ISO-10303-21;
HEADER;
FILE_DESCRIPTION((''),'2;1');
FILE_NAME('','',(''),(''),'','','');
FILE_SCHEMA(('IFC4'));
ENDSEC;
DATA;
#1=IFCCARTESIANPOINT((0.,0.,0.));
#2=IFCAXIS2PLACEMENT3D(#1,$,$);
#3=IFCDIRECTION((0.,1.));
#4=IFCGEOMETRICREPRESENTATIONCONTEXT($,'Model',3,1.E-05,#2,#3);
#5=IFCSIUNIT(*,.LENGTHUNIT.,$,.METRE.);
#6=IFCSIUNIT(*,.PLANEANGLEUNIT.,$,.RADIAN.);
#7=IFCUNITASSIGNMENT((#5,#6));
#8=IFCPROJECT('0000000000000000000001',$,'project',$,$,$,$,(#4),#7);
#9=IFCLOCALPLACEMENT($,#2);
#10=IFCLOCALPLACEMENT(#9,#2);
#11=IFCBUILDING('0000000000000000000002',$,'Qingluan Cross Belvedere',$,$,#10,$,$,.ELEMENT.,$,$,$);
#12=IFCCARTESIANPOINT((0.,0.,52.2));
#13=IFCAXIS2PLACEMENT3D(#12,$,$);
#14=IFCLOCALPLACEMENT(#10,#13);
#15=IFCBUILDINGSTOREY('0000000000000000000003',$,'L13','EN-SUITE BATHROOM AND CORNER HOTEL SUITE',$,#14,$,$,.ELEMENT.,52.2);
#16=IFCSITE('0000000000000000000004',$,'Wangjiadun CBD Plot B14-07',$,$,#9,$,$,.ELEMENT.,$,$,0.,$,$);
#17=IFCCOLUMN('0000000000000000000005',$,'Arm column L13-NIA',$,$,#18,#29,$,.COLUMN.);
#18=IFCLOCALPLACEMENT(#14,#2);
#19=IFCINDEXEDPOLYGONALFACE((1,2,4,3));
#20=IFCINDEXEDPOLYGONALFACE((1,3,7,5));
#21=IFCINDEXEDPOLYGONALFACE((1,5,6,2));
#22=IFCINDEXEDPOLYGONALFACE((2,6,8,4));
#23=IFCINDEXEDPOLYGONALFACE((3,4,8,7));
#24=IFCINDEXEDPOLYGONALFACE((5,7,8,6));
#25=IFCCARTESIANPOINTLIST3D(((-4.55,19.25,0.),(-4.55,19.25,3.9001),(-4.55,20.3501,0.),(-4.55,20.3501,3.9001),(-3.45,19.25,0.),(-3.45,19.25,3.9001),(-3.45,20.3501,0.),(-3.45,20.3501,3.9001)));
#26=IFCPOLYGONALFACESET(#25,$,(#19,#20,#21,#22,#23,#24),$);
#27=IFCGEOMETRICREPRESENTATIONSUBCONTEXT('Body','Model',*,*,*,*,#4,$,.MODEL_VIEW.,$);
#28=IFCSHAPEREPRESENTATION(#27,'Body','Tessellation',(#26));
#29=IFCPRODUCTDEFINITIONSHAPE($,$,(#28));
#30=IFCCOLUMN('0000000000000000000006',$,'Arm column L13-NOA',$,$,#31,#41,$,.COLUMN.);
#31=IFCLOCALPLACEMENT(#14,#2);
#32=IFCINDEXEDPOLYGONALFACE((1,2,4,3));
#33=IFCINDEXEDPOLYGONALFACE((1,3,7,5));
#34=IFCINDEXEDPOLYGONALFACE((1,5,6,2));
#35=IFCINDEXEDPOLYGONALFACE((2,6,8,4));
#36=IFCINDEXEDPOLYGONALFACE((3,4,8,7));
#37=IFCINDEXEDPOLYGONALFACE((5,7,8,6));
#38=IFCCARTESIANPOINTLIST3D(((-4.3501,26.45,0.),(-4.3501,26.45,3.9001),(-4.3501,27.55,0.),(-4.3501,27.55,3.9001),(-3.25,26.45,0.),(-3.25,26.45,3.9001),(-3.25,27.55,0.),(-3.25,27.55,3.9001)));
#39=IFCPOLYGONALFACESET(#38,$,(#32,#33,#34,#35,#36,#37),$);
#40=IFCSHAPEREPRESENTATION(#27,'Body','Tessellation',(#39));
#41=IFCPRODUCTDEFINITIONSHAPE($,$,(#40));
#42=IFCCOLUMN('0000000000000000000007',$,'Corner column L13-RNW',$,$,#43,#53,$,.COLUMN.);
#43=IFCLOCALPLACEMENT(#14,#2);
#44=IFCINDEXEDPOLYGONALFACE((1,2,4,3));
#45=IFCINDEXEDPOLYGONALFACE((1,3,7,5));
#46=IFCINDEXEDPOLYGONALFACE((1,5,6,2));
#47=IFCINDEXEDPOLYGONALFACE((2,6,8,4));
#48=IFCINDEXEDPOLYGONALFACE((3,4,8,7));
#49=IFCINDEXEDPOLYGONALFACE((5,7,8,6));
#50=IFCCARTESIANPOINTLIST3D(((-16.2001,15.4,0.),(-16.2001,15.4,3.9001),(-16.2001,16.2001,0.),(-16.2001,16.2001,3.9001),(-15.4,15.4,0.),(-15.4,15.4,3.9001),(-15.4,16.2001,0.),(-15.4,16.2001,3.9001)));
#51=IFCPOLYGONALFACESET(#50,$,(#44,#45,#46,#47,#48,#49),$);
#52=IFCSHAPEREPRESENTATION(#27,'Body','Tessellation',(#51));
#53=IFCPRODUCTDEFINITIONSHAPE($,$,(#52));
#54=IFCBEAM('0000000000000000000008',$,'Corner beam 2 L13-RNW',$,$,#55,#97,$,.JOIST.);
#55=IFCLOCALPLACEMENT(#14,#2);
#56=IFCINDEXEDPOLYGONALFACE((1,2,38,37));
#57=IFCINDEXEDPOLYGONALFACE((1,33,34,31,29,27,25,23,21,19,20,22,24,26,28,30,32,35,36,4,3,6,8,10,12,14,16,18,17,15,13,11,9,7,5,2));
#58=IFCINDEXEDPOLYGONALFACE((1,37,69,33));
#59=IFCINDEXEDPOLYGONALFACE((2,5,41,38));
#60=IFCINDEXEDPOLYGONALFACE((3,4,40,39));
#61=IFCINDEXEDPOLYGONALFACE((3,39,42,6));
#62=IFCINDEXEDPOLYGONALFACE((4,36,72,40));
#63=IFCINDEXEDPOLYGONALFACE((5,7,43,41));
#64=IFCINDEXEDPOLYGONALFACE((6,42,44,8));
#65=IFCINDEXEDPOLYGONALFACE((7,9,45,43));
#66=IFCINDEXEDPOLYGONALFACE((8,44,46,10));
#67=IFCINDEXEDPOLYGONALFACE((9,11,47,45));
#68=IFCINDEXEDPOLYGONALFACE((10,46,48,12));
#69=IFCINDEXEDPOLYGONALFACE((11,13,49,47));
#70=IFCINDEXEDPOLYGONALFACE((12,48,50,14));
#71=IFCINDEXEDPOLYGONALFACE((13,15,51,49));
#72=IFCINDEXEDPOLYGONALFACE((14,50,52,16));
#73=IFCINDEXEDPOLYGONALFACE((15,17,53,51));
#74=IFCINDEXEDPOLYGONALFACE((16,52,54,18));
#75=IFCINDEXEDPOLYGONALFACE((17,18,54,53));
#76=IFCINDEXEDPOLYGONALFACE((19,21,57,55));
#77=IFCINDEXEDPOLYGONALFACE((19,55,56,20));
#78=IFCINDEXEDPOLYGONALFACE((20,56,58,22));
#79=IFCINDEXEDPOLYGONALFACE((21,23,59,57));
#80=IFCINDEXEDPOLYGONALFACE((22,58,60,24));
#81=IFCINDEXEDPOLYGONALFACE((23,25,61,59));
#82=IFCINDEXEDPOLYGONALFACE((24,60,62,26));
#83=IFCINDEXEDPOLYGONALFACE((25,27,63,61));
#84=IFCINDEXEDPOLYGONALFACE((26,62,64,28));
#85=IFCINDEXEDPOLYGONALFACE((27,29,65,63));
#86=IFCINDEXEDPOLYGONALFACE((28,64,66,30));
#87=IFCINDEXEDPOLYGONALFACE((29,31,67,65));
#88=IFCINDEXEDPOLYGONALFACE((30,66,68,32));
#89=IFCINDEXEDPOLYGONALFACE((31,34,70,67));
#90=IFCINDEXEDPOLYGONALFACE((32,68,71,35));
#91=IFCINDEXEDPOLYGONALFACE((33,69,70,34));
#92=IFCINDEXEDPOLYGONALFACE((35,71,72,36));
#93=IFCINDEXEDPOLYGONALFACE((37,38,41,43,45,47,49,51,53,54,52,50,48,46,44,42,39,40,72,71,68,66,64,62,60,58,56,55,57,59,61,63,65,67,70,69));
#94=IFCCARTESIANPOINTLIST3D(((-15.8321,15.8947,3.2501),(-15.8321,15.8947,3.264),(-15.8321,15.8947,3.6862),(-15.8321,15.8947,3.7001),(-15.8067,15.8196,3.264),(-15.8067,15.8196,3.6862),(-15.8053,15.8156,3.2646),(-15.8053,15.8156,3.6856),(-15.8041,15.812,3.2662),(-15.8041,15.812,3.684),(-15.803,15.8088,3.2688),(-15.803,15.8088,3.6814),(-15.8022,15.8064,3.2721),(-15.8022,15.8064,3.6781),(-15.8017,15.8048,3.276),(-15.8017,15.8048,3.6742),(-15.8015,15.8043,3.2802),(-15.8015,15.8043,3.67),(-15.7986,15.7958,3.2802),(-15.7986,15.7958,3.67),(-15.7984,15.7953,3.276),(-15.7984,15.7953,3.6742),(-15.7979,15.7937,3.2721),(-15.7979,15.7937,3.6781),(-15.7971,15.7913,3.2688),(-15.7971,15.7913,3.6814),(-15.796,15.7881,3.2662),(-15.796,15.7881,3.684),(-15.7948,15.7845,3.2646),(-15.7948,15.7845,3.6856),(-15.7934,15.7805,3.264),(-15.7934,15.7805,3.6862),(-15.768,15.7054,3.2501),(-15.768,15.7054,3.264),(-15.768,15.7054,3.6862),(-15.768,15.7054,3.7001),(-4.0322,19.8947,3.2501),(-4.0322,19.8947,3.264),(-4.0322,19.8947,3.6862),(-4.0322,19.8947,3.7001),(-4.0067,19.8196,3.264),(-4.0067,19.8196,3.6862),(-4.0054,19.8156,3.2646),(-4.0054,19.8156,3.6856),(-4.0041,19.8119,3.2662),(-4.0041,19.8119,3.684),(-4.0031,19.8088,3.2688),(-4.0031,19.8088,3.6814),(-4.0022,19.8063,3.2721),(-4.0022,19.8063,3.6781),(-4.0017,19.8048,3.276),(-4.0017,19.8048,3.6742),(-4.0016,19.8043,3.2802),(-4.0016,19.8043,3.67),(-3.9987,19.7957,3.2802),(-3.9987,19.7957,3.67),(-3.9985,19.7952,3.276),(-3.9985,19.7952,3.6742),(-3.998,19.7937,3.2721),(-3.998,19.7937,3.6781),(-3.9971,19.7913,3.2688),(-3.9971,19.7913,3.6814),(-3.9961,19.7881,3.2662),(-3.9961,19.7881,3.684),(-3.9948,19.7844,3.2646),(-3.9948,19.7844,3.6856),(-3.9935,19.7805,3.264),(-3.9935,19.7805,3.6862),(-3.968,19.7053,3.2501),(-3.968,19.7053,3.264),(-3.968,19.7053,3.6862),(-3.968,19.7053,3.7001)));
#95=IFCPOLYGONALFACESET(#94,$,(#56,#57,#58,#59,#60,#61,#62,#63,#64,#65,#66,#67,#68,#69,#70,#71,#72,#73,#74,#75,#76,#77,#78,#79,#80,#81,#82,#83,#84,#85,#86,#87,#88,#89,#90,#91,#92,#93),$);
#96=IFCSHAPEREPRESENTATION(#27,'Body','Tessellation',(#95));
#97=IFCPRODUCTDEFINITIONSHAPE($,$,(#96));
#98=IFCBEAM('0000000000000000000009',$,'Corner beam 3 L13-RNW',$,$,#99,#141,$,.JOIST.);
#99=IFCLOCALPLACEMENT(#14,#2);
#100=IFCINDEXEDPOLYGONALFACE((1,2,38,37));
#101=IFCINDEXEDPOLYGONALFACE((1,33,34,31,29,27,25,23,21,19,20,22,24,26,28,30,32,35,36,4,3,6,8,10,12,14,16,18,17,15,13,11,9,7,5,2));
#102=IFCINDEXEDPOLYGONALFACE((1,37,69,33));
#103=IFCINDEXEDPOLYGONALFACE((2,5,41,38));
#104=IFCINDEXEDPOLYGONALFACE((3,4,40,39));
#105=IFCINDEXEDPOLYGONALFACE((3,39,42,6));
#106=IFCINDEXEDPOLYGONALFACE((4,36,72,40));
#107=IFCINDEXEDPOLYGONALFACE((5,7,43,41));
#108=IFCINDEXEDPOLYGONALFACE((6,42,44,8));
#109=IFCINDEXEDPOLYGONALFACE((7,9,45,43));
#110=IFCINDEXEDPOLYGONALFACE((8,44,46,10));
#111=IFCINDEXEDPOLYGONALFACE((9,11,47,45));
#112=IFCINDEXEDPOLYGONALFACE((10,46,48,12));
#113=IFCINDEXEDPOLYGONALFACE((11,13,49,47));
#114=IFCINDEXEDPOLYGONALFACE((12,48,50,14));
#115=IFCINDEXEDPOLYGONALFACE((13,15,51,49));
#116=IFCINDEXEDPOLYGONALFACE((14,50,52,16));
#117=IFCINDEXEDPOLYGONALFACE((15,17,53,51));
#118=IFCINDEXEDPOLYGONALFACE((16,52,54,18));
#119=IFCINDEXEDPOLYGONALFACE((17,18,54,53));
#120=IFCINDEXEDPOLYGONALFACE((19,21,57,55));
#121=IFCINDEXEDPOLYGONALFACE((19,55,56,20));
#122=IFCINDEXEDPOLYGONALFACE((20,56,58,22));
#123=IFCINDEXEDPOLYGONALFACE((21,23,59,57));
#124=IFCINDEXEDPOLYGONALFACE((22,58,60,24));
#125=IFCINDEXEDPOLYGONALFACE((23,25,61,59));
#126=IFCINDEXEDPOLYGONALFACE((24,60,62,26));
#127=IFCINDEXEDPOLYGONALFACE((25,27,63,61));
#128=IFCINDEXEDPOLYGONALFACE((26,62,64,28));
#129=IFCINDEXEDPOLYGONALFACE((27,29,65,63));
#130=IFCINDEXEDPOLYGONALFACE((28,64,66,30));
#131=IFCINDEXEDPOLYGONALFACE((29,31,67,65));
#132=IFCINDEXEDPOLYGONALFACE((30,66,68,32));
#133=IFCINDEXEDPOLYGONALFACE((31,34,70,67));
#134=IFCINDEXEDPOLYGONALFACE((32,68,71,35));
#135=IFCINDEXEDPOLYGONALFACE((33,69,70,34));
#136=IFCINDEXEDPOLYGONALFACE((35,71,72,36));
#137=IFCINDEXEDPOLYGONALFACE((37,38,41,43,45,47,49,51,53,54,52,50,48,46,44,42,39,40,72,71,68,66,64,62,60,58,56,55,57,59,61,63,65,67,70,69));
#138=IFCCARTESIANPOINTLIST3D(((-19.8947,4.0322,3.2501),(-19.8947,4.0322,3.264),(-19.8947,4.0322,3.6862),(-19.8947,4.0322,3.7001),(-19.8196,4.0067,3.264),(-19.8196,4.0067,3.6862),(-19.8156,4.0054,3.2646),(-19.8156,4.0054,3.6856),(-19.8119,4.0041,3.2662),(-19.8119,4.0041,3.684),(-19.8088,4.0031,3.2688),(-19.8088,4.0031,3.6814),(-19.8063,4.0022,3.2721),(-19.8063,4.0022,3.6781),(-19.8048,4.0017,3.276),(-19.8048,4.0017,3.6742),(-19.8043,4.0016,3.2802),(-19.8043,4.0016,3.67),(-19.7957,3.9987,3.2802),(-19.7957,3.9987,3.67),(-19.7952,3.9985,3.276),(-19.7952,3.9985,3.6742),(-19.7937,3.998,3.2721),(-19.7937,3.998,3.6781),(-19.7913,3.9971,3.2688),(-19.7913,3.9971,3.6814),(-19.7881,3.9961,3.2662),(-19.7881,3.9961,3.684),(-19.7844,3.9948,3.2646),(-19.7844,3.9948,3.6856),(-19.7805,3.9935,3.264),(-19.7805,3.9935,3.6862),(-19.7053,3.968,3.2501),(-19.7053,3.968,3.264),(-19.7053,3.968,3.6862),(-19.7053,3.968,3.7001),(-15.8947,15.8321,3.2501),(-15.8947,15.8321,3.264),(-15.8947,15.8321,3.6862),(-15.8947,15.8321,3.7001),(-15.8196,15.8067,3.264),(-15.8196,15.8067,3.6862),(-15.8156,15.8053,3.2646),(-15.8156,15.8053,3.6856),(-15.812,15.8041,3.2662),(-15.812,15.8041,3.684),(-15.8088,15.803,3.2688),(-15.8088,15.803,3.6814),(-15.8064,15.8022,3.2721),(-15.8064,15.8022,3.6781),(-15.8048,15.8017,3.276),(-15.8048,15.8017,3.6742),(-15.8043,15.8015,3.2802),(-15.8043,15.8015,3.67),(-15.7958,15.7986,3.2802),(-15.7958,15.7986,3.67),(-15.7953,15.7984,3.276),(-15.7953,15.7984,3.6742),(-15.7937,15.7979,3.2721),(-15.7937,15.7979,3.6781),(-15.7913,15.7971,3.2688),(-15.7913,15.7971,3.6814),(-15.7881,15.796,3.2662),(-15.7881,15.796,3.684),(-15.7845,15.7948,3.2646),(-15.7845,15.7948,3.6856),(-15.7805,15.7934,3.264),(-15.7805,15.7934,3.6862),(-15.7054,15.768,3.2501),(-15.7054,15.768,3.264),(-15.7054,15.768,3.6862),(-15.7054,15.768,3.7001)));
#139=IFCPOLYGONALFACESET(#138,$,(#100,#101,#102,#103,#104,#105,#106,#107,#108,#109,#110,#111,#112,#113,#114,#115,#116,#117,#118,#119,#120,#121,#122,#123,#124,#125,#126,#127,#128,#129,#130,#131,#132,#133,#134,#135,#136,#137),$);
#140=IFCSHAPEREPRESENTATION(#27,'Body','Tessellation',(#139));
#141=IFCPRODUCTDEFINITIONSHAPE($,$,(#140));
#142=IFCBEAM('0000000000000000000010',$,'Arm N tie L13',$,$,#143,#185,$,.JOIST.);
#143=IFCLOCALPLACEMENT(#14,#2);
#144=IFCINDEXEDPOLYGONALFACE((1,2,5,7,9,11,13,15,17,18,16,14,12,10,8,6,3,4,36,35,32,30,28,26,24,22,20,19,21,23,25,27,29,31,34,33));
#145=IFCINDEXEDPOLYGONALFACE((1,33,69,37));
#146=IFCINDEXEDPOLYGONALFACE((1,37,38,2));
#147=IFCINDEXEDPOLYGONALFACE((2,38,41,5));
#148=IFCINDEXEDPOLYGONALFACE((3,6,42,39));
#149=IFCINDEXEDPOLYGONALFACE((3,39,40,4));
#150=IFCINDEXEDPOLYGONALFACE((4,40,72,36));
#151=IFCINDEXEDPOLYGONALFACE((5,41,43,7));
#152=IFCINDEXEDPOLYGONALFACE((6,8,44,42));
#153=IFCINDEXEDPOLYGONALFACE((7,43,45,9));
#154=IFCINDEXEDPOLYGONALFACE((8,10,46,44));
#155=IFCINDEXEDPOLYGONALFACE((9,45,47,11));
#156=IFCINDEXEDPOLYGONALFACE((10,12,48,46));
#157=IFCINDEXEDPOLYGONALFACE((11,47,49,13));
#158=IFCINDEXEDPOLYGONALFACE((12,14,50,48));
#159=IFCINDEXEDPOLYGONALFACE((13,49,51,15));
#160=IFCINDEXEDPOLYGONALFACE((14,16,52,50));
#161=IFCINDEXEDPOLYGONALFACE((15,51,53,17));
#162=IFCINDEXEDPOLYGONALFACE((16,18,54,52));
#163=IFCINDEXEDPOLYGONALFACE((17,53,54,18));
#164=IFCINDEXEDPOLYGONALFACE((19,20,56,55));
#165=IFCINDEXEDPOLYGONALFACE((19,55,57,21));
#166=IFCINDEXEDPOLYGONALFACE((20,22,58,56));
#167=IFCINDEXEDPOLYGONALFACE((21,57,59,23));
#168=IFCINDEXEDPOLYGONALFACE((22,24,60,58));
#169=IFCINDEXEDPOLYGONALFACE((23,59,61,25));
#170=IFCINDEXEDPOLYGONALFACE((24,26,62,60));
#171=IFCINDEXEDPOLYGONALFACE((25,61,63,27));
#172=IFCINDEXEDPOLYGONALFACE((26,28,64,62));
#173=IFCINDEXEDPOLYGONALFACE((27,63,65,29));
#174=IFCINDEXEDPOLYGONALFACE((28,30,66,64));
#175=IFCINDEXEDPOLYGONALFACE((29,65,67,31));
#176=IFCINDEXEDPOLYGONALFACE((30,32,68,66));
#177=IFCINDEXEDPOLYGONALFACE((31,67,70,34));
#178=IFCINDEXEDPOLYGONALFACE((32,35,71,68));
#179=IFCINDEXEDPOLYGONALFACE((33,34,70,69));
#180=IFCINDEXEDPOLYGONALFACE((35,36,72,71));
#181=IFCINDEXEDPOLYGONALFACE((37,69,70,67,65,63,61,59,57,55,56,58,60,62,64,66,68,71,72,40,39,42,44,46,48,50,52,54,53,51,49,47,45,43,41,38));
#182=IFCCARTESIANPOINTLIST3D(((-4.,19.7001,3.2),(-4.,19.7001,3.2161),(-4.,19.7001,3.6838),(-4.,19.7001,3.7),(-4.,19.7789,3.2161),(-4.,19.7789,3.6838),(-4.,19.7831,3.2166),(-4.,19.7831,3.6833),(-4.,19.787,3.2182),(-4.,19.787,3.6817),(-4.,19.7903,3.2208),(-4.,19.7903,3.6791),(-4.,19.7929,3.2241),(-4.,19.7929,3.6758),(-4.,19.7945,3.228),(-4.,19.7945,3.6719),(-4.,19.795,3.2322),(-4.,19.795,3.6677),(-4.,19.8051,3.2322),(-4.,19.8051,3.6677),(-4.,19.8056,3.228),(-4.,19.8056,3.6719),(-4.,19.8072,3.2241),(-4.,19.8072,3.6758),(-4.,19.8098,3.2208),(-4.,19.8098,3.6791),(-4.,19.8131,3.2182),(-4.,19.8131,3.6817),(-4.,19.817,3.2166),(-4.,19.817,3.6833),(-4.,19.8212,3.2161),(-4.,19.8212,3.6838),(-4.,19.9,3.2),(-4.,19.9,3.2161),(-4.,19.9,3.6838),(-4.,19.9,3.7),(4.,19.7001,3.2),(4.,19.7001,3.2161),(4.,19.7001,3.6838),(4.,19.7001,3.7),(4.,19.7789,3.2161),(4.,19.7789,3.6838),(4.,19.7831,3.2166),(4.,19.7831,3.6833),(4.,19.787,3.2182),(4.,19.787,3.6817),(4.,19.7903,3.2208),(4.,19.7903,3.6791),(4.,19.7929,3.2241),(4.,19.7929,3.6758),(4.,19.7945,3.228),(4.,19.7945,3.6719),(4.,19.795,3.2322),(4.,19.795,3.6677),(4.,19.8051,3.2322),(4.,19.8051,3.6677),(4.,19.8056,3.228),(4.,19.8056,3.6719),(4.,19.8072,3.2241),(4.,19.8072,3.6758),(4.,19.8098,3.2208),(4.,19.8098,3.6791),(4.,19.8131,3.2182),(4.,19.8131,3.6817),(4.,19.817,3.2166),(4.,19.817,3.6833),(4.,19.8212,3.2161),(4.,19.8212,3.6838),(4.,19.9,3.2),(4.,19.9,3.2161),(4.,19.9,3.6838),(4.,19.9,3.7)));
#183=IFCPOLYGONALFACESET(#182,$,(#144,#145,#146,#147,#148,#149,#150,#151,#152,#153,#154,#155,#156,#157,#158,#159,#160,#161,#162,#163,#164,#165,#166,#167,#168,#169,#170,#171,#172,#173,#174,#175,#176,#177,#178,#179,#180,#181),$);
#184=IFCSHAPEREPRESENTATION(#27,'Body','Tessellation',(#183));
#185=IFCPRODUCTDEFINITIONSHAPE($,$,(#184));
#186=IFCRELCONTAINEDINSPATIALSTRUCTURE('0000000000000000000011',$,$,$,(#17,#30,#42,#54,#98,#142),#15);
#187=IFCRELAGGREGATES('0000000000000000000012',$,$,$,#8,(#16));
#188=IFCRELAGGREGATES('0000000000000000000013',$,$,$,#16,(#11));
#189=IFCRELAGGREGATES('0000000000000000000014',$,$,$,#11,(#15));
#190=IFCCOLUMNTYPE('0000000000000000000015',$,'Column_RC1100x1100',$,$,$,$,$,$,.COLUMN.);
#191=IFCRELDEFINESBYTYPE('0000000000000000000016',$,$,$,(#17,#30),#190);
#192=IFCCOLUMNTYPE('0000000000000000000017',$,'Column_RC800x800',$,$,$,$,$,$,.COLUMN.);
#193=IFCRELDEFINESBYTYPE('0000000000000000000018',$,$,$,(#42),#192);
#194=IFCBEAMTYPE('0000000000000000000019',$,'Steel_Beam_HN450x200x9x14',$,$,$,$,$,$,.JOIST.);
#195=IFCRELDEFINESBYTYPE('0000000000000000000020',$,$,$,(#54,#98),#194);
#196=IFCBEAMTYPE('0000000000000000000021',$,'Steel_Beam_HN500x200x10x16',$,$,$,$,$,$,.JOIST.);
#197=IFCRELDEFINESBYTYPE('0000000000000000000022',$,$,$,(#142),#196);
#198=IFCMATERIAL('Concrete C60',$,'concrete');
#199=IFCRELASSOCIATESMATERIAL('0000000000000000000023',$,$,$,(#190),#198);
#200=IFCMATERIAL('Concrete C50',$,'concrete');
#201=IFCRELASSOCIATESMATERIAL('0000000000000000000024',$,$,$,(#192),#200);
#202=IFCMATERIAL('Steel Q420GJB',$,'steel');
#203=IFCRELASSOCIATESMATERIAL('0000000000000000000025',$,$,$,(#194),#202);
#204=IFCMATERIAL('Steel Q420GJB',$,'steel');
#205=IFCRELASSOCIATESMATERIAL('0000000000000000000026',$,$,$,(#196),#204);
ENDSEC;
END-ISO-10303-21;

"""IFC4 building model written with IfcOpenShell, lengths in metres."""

from ifc_helpers import new_model, si_unit, direction, frame, origin, origin_2d, place, context, subcontext, project, spatial, rectangle, i_section, extrude, material, material_profile, profile_set, type_object, element, save


model = new_model("IFC4")

# Units and contexts
model_context = context("Model", 3, precision=1e-05, world=origin(), true_north=direction((0.0, 1.0)))
body_context = subcontext(model_context, "Body", "Model", "MODEL_VIEW")
ifc_project = project(units=[si_unit("LENGTHUNIT", "METRE"), si_unit("PLANEANGLEUNIT", "RADIAN")], contexts=[model_context])

# Site, building, storey
site_placement = place(None, origin())
site = spatial("IfcSite", under=ifc_project, at=site_placement, Name="Wangjiadun CBD Plot B14-07", CompositionType="ELEMENT", RefElevation=0.0)
building_placement = place(site_placement, origin())
building = spatial("IfcBuilding", under=site, at=building_placement, Name="Qingluan Cross Belvedere", CompositionType="ELEMENT")
storey_placement = place(building_placement, frame((0.0, 0.0, 52.2)))
storey = spatial("IfcBuildingStorey", under=building, at=storey_placement, Name="L13", Description="EN-SUITE BATHROOM AND CORNER HOTEL SUITE", CompositionType="ELEMENT", Elevation=52.2)

# Columns
ifc_material_1 = material(Name="Concrete C60", Category="concrete")
ifc_material_profile_1 = material_profile(ifc_material_1, rectangle(XDim=1.1001, YDim=1.1001, at=origin_2d()), Name="RC1100x1100")
ifc_profile_set_1 = profile_set([ifc_material_profile_1], Name="Concrete C60")
column_type_1 = type_object("IfcColumnType", Name="Column_RC1100x1100", PredefinedType="COLUMN", material=ifc_profile_set_1)
for number, where, z_axis, x_axis, name in (
    (1, (-4.0, 19.8, 0.0), (0.0, 0.0, 1.0), (1.0, 0.0, 0.0), "Arm column L13-NIA"),
    (2, (-3.8, 27.0, 0.0), (0.0, 0.0, 1.0), (1.0, 0.0, 0.0), "Arm column L13-NOA"),
):
    element("IfcColumn", number, at=place(storey_placement, frame(where, z_axis=z_axis, x_axis=x_axis)), inside=storey, type_object=column_type_1, Name=name, PredefinedType="COLUMN", context=body_context, shape_type="SweptSolid", body=[
        extrude(rectangle(XDim=1.1001, YDim=1.1001, at=origin_2d()), origin(), (0.0, 0.0, 1.0), 3.9001),
    ])
ifc_material_2 = material(Name="Concrete C50", Category="concrete")
ifc_material_profile_2 = material_profile(ifc_material_2, rectangle(XDim=0.8, YDim=0.8, at=origin_2d()), Name="RC800x800")
ifc_profile_set_2 = profile_set([ifc_material_profile_2], Name="Concrete C50")
column_type_2 = type_object("IfcColumnType", Name="Column_RC800x800", PredefinedType="COLUMN", material=ifc_profile_set_2)
column_placement = place(storey_placement, frame((-15.8, 15.8, 0.0), z_axis=(0.0, 0.0, 1.0), x_axis=(1.0, 0.0, 0.0)))
element("IfcColumn", 3, at=column_placement, inside=storey, type_object=column_type_2, Name="Corner column L13-RNW", PredefinedType="COLUMN", context=body_context, shape_type="SweptSolid", body=[
    extrude(rectangle(XDim=0.8, YDim=0.8, at=origin_2d()), origin(), (0.0, 0.0, 1.0), 3.9001),
])

# Beams
ifc_material_3 = material(Name="Steel Q420GJB", Category="steel")
ifc_material_profile_3 = material_profile(ifc_material_3, i_section(OverallWidth=0.2, OverallDepth=0.45, WebThickness=0.009, FlangeThickness=0.0139, FilletRadius=0.0161, at=origin_2d()), Name="HN450x200x9x14")
ifc_profile_set_3 = profile_set([ifc_material_profile_3], Name="Steel Q420GJB")
beam_type_1 = type_object("IfcBeamType", Name="Steel_Beam_HN450x200x9x14", PredefinedType="JOIST", material=ifc_profile_set_3)
for number, where, z_axis, x_axis, name in (
    (4, (-15.8, 15.8, 3.4751), (0.947066, 0.321038, 0.0), (-0.321038, 0.947066, 0.0), "Corner beam 2 L13-RNW"),
    (5, (-15.8, 15.8, 3.4751), (-0.321038, -0.947066, 0.0), (0.947066, -0.321038, 0.0), "Corner beam 3 L13-RNW"),
):
    element("IfcBeam", number, at=place(storey_placement, frame(where, z_axis=z_axis, x_axis=x_axis)), inside=storey, type_object=beam_type_1, Name=name, PredefinedType="JOIST", context=body_context, shape_type="SweptSolid", body=[
        extrude(i_section(OverallWidth=0.2, OverallDepth=0.45, WebThickness=0.009, FlangeThickness=0.0139, FilletRadius=0.0161, at=origin_2d()), origin(), (0.0, 0.0, 1.0), 12.4595),
    ])
ifc_material_4 = material(Name="Steel Q420GJB", Category="steel")
ifc_material_profile_4 = material_profile(ifc_material_4, i_section(OverallWidth=0.2, OverallDepth=0.5, WebThickness=0.01, FlangeThickness=0.0161, FilletRadius=0.0161, at=origin_2d()), Name="HN500x200x10x16")
ifc_profile_set_4 = profile_set([ifc_material_profile_4], Name="Steel Q420GJB")
beam_type_2 = type_object("IfcBeamType", Name="Steel_Beam_HN500x200x10x16", PredefinedType="JOIST", material=ifc_profile_set_4)
for number, where, z_axis, x_axis, name in (
    (6, (-4.0, 19.8, 3.45), (1.0, 0.0, 0.0), (0.0, 1.0, 0.0), "Arm N tie L13"),
):
    element("IfcBeam", number, at=place(storey_placement, frame(where, z_axis=z_axis, x_axis=x_axis)), inside=storey, type_object=beam_type_2, Name=name, PredefinedType="JOIST", context=body_context, shape_type="SweptSolid", body=[
        extrude(i_section(OverallWidth=0.2, OverallDepth=0.5, WebThickness=0.01, FlangeThickness=0.0161, FilletRadius=0.0161, at=origin_2d()), origin(), (0.0, 0.0, 1.0), 8.0),
    ])

save(model, "model.ifc")
